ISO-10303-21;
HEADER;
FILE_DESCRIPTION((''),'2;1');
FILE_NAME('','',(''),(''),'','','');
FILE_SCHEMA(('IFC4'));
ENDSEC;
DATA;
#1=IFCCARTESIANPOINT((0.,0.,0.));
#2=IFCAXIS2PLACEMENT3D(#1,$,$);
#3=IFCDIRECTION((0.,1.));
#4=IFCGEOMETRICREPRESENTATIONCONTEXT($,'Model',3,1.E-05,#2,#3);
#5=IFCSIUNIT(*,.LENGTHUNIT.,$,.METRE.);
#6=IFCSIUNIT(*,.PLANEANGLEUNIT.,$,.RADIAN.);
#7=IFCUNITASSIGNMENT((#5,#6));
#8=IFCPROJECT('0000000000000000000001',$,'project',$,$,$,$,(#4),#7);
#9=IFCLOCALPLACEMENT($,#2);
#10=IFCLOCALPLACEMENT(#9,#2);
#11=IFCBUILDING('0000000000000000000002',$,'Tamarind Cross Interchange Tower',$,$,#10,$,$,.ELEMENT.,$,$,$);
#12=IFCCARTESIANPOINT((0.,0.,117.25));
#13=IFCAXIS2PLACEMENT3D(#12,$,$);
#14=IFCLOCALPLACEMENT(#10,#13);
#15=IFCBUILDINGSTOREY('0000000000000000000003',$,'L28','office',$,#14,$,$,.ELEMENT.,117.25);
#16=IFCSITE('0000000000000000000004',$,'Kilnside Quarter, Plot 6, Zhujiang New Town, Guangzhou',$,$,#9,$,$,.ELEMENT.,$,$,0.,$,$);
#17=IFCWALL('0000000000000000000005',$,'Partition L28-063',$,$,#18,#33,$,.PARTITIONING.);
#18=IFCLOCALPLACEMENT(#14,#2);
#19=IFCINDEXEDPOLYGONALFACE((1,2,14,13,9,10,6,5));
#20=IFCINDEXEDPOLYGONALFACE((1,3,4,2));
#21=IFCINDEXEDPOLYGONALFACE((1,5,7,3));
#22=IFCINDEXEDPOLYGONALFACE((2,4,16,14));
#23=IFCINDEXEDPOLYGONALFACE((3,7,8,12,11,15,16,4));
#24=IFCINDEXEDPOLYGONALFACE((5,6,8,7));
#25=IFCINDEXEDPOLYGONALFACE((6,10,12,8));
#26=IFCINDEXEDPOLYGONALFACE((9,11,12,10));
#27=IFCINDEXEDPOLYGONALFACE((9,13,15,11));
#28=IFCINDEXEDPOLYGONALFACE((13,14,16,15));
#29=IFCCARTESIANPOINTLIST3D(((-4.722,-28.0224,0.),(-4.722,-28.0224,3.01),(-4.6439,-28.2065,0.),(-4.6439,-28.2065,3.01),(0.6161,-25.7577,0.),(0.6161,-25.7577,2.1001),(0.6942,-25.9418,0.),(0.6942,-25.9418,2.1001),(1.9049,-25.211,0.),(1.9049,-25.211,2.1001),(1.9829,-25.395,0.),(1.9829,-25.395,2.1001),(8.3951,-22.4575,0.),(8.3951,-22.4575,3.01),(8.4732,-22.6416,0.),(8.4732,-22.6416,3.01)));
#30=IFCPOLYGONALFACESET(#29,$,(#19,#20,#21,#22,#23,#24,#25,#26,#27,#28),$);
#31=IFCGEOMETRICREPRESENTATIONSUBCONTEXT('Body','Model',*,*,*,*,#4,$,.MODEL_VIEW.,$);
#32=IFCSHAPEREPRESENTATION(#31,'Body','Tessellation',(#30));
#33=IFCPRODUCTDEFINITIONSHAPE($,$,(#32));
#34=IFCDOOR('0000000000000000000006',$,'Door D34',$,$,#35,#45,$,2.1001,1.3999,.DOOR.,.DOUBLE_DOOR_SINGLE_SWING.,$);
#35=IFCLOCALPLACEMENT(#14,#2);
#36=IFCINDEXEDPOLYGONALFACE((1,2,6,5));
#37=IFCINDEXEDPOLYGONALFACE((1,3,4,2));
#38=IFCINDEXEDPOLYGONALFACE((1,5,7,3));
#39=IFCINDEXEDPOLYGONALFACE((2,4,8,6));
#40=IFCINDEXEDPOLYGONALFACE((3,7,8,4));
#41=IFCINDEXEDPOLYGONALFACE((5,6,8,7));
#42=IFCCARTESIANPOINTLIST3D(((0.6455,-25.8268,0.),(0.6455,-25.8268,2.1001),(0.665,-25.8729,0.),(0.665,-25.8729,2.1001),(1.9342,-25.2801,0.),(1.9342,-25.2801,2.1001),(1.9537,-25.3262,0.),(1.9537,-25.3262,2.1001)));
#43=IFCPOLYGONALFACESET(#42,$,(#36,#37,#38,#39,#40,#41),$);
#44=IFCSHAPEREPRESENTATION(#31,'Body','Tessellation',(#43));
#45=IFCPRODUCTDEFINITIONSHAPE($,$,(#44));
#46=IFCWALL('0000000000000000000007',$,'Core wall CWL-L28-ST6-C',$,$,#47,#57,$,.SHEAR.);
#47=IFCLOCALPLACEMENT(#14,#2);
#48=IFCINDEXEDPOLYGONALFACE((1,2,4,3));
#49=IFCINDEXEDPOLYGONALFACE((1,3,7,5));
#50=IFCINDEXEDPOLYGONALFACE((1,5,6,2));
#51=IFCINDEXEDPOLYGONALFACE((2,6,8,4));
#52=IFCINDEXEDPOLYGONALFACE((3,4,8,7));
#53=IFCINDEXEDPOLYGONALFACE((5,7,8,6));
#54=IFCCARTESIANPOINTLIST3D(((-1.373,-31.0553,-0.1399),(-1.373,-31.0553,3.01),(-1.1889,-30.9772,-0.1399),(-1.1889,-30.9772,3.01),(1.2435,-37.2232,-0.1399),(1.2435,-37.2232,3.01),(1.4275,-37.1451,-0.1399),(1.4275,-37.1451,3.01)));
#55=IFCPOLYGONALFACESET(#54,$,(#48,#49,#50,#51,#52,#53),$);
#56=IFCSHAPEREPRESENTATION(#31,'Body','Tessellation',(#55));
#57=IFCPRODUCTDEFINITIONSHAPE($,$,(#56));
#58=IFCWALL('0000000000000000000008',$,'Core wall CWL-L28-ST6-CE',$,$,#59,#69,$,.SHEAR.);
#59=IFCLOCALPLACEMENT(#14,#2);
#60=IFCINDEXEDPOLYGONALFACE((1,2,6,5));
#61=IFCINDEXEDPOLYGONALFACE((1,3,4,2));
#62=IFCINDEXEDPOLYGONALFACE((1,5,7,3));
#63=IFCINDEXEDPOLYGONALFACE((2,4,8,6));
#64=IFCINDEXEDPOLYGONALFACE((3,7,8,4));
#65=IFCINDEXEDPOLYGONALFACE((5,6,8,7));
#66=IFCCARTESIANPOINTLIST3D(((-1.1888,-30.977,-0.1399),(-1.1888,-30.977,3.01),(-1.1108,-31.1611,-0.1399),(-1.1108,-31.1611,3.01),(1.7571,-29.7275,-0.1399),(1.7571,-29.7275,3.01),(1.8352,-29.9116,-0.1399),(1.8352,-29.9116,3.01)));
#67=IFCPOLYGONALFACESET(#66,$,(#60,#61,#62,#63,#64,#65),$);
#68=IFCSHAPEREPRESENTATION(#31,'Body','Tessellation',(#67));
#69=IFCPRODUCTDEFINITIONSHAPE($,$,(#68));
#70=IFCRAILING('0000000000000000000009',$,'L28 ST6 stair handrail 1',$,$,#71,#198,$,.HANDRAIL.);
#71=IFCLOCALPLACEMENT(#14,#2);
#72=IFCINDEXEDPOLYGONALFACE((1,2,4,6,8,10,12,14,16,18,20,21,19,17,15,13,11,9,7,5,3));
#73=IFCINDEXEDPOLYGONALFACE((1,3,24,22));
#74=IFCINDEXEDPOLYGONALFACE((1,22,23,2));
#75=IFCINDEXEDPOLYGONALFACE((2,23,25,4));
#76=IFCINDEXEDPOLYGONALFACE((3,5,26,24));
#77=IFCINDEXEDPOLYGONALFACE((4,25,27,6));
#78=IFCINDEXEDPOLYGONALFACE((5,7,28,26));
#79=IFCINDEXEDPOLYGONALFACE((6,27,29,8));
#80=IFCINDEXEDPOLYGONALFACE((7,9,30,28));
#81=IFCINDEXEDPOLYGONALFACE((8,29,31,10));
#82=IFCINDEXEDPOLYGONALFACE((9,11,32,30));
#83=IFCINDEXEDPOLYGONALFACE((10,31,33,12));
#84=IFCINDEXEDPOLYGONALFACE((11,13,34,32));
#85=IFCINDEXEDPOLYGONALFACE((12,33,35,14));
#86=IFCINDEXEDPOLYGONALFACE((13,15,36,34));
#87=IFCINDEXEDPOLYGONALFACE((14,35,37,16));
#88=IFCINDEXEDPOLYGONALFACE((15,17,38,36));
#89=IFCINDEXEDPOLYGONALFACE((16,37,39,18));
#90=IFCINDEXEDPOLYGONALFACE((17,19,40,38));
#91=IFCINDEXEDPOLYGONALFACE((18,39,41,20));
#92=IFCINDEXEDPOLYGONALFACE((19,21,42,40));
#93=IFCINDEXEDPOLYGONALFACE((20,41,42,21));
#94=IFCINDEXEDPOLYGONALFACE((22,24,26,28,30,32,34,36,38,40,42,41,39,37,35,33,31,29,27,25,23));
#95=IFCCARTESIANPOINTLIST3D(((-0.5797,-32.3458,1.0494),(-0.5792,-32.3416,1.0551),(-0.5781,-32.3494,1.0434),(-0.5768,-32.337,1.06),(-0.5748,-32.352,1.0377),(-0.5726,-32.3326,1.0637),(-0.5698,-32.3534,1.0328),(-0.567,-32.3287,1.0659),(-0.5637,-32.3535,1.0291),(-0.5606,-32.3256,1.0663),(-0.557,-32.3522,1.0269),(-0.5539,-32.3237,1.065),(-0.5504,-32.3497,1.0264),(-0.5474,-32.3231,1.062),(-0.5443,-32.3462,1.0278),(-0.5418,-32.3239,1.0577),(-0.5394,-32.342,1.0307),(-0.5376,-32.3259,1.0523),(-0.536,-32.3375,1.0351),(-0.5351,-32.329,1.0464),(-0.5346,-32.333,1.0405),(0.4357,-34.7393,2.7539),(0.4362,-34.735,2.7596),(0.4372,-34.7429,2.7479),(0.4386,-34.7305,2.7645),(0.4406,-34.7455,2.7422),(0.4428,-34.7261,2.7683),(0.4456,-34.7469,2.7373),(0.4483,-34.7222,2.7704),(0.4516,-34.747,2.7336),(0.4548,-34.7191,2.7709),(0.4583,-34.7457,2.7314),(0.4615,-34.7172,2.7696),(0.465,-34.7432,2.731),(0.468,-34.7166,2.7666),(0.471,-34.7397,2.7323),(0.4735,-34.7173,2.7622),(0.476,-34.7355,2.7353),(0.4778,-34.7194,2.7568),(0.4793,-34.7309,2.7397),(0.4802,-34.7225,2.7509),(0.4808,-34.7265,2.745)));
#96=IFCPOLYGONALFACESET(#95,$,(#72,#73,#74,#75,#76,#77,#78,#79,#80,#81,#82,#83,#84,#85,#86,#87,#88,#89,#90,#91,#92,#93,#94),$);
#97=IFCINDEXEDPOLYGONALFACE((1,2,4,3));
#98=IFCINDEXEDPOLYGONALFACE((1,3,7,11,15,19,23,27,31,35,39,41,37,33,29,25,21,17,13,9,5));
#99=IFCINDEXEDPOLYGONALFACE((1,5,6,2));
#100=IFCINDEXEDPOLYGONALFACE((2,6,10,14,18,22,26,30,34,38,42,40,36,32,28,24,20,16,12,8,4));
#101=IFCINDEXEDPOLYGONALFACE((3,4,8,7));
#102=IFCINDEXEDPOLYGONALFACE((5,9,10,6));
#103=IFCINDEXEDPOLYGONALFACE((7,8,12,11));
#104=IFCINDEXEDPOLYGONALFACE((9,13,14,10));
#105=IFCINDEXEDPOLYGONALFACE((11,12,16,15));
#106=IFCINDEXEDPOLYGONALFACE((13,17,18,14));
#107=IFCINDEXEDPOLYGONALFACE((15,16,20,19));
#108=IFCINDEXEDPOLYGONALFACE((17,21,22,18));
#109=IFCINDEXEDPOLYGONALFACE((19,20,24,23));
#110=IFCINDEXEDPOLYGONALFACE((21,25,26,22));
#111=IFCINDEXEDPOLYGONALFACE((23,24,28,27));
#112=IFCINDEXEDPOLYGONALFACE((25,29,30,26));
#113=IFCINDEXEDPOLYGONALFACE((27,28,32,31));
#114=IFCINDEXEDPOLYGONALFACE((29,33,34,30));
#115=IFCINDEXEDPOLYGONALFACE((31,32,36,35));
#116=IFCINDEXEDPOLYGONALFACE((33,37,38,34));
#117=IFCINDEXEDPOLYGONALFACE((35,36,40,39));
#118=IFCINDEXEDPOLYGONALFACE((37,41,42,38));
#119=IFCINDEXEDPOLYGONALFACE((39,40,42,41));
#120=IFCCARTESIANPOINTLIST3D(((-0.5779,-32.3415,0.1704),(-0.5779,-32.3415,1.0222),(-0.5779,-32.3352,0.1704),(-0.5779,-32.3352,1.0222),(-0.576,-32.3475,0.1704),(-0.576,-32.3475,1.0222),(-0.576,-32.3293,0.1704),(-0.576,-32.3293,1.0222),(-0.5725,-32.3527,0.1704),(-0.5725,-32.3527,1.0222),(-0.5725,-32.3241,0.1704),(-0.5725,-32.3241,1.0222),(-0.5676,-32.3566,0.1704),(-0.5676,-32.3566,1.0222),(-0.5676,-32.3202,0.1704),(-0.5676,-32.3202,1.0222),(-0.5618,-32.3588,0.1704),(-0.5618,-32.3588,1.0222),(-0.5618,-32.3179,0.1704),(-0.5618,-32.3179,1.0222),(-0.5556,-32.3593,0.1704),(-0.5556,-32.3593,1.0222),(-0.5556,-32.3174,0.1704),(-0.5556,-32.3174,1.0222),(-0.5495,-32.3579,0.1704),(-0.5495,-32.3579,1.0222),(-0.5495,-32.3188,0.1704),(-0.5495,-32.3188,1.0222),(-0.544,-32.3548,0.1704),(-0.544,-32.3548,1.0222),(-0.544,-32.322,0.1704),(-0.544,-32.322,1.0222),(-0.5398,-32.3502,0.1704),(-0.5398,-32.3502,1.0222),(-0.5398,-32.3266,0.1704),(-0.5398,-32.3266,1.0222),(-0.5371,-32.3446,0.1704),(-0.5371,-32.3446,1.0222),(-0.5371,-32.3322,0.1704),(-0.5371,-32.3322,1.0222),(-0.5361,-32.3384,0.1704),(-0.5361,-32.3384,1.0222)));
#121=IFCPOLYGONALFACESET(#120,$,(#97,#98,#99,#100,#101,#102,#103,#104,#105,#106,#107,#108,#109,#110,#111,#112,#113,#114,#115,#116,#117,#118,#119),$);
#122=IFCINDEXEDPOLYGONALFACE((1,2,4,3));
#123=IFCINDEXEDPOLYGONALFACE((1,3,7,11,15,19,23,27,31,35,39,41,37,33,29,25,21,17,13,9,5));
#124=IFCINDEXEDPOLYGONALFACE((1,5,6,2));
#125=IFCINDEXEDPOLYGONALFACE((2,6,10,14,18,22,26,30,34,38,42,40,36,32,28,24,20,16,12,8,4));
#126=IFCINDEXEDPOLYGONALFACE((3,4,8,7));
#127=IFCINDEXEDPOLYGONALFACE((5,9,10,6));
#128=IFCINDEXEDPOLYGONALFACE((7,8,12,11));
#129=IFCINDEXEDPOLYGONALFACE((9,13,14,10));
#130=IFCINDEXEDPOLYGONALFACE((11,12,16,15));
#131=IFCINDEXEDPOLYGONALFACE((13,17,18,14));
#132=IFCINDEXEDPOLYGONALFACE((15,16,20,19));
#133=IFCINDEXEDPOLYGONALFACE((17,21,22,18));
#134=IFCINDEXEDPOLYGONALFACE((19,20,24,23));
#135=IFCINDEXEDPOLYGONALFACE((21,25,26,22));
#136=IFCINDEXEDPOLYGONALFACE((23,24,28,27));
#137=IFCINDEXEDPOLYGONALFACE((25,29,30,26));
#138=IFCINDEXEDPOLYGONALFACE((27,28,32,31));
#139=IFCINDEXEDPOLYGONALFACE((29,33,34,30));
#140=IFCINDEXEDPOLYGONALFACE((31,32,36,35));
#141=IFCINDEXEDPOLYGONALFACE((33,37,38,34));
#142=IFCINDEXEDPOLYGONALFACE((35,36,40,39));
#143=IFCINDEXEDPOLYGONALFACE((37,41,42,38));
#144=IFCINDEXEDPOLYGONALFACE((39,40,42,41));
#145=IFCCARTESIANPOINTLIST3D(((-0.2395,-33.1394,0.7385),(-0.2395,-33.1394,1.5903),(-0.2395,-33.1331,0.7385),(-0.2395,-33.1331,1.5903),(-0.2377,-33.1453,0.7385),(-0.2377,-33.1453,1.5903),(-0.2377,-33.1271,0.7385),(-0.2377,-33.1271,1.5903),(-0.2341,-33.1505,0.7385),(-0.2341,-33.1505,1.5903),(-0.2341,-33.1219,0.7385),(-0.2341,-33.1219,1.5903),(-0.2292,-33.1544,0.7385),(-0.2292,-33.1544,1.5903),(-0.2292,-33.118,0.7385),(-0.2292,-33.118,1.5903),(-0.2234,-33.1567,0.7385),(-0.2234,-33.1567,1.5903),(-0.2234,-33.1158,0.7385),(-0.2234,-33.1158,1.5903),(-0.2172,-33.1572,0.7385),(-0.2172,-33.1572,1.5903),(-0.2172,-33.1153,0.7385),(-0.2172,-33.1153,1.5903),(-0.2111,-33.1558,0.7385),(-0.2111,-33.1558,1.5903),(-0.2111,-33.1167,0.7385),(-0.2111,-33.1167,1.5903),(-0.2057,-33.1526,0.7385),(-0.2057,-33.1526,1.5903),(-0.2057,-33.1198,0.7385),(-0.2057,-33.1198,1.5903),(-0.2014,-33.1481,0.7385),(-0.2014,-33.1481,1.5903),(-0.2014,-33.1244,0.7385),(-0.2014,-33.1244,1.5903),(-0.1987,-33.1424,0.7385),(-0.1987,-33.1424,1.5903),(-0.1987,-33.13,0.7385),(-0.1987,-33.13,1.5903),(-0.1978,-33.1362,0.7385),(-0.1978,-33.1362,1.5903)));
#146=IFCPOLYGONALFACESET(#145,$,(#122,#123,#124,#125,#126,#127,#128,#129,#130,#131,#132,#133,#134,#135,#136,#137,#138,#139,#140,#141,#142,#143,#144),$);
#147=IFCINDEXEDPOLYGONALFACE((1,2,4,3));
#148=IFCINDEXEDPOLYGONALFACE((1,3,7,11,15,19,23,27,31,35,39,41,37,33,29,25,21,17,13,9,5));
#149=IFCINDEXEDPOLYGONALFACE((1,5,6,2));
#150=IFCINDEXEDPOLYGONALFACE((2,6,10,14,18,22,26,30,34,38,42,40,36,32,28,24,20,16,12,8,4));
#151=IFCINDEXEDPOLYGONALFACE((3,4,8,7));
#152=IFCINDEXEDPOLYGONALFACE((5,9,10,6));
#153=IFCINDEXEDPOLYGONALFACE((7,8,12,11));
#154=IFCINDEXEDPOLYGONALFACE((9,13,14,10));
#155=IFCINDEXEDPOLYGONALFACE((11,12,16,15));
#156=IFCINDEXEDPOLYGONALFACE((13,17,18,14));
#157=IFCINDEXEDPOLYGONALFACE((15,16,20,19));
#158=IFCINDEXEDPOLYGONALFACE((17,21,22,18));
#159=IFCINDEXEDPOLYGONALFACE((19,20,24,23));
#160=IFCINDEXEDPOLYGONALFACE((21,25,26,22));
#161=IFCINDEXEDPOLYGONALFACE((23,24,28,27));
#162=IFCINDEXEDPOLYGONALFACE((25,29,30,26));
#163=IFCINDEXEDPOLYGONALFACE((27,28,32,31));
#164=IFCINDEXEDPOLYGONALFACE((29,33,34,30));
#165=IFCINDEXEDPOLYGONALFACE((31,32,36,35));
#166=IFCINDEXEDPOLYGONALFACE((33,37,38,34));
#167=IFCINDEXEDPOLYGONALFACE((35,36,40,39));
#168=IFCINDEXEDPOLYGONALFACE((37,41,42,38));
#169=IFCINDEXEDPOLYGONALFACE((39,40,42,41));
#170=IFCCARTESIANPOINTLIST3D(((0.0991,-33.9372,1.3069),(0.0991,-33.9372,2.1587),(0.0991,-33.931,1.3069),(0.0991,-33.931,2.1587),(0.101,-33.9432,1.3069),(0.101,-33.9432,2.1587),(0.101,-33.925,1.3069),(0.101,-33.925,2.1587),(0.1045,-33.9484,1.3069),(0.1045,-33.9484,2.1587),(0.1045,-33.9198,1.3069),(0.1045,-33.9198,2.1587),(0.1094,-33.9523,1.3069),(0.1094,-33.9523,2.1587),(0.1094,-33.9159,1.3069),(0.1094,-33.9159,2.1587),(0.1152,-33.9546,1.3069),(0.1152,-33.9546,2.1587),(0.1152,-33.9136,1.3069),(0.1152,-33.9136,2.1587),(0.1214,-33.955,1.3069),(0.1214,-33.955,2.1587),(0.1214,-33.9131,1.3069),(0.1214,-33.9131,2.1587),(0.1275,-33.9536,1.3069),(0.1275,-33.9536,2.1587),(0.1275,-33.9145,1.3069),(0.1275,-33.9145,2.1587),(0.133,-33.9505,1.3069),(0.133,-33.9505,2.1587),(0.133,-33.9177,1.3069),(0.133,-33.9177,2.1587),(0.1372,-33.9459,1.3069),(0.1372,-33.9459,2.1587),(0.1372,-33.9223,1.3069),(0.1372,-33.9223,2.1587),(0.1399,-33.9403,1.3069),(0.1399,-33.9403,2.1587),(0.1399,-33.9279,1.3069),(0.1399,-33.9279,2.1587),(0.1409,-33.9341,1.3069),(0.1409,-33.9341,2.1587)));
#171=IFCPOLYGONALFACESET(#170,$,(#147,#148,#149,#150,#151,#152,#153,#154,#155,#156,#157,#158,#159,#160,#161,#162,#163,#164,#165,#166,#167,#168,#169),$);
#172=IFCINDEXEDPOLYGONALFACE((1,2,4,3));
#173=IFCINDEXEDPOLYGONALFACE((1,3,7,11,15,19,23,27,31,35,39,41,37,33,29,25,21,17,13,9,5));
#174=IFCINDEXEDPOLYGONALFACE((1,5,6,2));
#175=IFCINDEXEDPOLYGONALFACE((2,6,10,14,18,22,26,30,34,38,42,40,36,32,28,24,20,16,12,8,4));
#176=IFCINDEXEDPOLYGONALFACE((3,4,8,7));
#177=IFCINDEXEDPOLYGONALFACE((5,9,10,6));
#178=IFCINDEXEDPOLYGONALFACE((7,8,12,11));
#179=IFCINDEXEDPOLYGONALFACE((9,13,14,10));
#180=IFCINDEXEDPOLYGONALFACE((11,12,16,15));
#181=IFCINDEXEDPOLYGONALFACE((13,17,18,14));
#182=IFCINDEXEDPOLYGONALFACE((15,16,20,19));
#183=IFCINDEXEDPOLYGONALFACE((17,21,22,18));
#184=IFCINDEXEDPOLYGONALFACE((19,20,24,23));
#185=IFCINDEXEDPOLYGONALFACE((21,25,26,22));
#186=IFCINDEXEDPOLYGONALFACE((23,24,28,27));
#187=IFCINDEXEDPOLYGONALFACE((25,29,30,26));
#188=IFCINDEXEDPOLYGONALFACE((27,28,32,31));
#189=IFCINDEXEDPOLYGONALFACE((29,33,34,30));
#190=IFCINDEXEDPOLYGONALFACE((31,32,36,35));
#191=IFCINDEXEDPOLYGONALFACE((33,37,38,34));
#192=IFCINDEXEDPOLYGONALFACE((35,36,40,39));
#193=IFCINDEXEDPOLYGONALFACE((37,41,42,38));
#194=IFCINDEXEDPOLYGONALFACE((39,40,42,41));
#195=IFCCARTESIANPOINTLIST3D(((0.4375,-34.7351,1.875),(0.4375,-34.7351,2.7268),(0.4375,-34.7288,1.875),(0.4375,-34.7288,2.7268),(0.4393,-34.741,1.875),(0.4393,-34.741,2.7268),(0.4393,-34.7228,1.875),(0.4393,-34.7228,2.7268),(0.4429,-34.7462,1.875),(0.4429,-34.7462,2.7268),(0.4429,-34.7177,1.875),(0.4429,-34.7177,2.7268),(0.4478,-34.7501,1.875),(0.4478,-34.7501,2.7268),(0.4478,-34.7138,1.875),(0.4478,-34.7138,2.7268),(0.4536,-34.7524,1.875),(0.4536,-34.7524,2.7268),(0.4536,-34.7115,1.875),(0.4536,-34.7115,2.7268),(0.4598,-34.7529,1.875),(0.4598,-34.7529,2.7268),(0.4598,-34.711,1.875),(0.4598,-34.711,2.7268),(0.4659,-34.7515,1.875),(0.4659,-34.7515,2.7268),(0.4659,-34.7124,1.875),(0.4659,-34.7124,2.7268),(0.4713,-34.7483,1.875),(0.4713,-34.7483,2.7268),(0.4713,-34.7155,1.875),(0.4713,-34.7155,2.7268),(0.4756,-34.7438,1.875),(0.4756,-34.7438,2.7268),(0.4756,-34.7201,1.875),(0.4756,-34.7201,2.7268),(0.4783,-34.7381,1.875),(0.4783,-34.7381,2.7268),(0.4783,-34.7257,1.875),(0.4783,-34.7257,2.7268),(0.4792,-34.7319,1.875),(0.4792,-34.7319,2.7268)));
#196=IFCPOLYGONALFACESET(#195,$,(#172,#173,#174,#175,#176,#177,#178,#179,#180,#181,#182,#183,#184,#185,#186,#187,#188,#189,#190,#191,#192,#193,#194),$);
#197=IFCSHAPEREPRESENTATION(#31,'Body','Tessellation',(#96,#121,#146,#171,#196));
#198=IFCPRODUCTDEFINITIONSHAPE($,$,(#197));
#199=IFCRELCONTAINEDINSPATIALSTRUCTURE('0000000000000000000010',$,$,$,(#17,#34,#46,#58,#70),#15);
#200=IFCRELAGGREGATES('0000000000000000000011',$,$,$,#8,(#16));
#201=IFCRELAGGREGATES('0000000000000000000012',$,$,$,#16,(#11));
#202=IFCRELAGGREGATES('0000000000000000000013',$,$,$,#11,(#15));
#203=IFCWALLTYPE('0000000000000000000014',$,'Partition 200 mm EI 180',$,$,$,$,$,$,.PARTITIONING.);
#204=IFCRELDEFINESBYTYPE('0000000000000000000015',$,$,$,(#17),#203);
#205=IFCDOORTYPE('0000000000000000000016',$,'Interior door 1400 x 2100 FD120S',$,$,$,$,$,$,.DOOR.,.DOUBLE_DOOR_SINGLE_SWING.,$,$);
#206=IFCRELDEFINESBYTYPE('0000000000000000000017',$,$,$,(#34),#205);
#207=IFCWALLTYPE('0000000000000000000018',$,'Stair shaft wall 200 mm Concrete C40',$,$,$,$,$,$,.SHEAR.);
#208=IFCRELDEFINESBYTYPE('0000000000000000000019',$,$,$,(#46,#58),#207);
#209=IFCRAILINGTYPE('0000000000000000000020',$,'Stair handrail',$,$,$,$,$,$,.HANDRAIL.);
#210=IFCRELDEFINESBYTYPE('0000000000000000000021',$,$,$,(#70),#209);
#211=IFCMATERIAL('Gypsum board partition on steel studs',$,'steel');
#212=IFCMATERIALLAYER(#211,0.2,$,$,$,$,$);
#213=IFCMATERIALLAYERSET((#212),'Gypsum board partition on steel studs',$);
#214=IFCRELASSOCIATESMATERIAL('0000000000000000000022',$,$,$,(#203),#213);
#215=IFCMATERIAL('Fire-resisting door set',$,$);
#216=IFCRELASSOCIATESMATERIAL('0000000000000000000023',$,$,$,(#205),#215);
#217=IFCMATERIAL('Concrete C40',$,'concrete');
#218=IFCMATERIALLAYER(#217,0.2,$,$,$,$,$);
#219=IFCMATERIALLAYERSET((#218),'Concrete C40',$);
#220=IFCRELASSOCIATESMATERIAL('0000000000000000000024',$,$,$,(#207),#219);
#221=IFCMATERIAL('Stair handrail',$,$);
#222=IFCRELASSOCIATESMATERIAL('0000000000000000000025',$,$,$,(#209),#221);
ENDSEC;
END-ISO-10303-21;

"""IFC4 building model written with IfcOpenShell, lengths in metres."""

from ifc_helpers import new_model, si_unit, direction, frame, frame_2d, origin, origin_2d, place, context, subcontext, project, spatial, rectangle, circle, extrude, material, layer, layer_set, type_object, element, fill, save


model = new_model("IFC4")

# Units and contexts
model_context = context("Model", 3, precision=1e-05, world=origin(), true_north=direction((0.0, 1.0)))
body_context = subcontext(model_context, "Body", "Model", "MODEL_VIEW")
ifc_project = project(units=[si_unit("LENGTHUNIT", "METRE"), si_unit("PLANEANGLEUNIT", "RADIAN")], contexts=[model_context])

# Site, building, storey
site_placement = place(None, origin())
site = spatial("IfcSite", under=ifc_project, at=site_placement, Name="Kilnside Quarter, Plot 6, Zhujiang New Town, Guangzhou", CompositionType="ELEMENT", RefElevation=0.0)
building_placement = place(site_placement, origin())
building = spatial("IfcBuilding", under=site, at=building_placement, Name="Tamarind Cross Interchange Tower", CompositionType="ELEMENT")
storey_placement = place(building_placement, frame((0.0, 0.0, 117.25)))
storey = spatial("IfcBuildingStorey", under=building, at=storey_placement, Name="L28", Description="office", CompositionType="ELEMENT", Elevation=117.25)

# Shared definitions
ifc_material_1 = material(Name="Gypsum board partition on steel studs", Category="steel")
ifc_material_2 = material(Name="Fire-resisting door set")

# Wall, opening, door
ifc_layer_1 = layer(ifc_material_1, 0.2)
ifc_layer_set_1 = layer_set([ifc_layer_1], Name="Gypsum board partition on steel studs")
wall_type_1 = type_object("IfcWallType", Name="Partition 200 mm EI 180", PredefinedType="PARTITIONING", material=ifc_layer_set_1)
wall_1_placement = place(storey_placement, frame((-4.6831, -28.1145, 0.0), z_axis=(0.0, 0.0, 1.0), x_axis=(0.92058, 0.390554, 0.0)))
wall_1 = element("IfcWall", 1, at=wall_1_placement, inside=storey, type_object=wall_type_1, Name="Partition L28-063", PredefinedType="PARTITIONING", context=body_context, shape_type="SweptSolid", body=[
    extrude(rectangle(XDim=14.2488, YDim=0.2, at=frame_2d((7.1245, 0.0))), origin(), (0.0, 0.0, 1.0), 3.01),
])
opening_1_placement = place(wall_1_placement, frame((5.7988, 0.0, 0.0)))
opening_1 = element("IfcOpeningElement", 2, at=opening_1_placement, cuts=wall_1, PredefinedType="OPENING", context=body_context, shape_type="SweptSolid", body=[
    extrude(rectangle(XDim=1.3999, YDim=2.1001, at=frame_2d((0.7, 1.05))), frame((0.0, 0.1099, 0.0), z_axis=(0.0, -1.0, 0.0), x_axis=(1.0, 0.0, 0.0)), (0.0, 0.0, 1.0), 0.22),
])
door_type_1 = type_object("IfcDoorType", Name="Interior door 1400 x 2100 FD120S", OperationType="DOUBLE_DOOR_SINGLE_SWING", PredefinedType="DOOR", material=ifc_material_2)
door_1_placement = place(opening_1_placement, origin())
door_1 = element("IfcDoor", 3, at=door_1_placement, inside=storey, type_object=door_type_1, Name="Door D34", OperationType="DOUBLE_DOOR_SINGLE_SWING", OverallHeight=2.1001, OverallWidth=1.3999, PredefinedType="DOOR", context=body_context, shape_type="SweptSolid", body=[
    extrude(rectangle(XDim=1.3999, YDim=2.1001, at=frame_2d((0.7, 1.05))), frame((0.0, 0.0249, 0.0), z_axis=(0.0, -1.0, 0.0), x_axis=(1.0, 0.0, 0.0)), (0.0, 0.0, 1.0), 0.05),
])
fill(opening_1, door_1)

# Walls
ifc_material_3 = material(Name="Concrete C40", Category="concrete")
ifc_layer_2 = layer(ifc_material_3, 0.2)
ifc_layer_set_2 = layer_set([ifc_layer_2], Name="Concrete C40")
wall_type_2 = type_object("IfcWallType", Name="Stair shaft wall 200 mm Concrete C40", PredefinedType="SHEAR", material=ifc_layer_set_2)
wall_2_placement = place(storey_placement, frame((-1.281, -31.0161, -0.1399), z_axis=(0.0, 0.0, 1.0), x_axis=(0.390517, -0.920596, 0.0)))
element("IfcWall", 4, at=wall_2_placement, inside=storey, type_object=wall_type_2, Name="Core wall CWL-L28-ST6-C", PredefinedType="SHEAR", context=body_context, shape_type="SweptSolid", body=[
    extrude(rectangle(XDim=6.7, YDim=0.2, at=frame_2d((3.3501, 0.0))), origin(), (0.0, 0.0, 1.0), 3.1499),
])
wall_3_placement = place(storey_placement, frame((-1.1499, -31.0691, -0.1399), z_axis=(0.0, 0.0, 1.0), x_axis=(0.920618, 0.390464, 0.0)))
element("IfcWall", 5, at=wall_3_placement, inside=storey, type_object=wall_type_2, Name="Core wall CWL-L28-ST6-CE", PredefinedType="SHEAR", context=body_context, shape_type="SweptSolid", body=[
    extrude(rectangle(XDim=3.2, YDim=0.2, at=frame_2d((1.6001, 0.0))), origin(), (0.0, 0.0, 1.0), 3.1499),
])

# Railing
ifc_material_4 = material(Name="Stair handrail")
railing_type = type_object("IfcRailingType", Name="Stair handrail", PredefinedType="HANDRAIL", material=ifc_material_4)
railing_placement = place(storey_placement, frame((-0.5571, -32.3384, 0.1704)))
element("IfcRailing", 6, at=railing_placement, inside=storey, type_object=railing_type, Name="L28 ST6 stair handrail 1", PredefinedType="HANDRAIL", context=body_context, shape_type="SweptSolid", body=[
    extrude(circle(Radius=0.0239, at=origin_2d()), frame((0.0, 0.0, 0.876), z_axis=(0.326597, -0.769885, 0.54828), x_axis=(0.920591, 0.390528, 0.0)), (0.0, 0.0, 1.0), 3.1089),
    extrude(circle(Radius=0.021, at=origin_2d()), origin(), (0.0, 0.0, 1.0), 0.8518),
    extrude(circle(Radius=0.021, at=origin_2d()), frame((0.3384, -0.7979, 0.5681)), (0.0, 0.0, 1.0), 0.8518),
    extrude(circle(Radius=0.021, at=origin_2d()), frame((0.677, -1.5957, 1.1365)), (0.0, 0.0, 1.0), 0.8518),
    extrude(circle(Radius=0.021, at=origin_2d()), frame((1.0154, -2.3936, 1.7046)), (0.0, 0.0, 1.0), 0.8518),
])

save(model, "model.ifc")
